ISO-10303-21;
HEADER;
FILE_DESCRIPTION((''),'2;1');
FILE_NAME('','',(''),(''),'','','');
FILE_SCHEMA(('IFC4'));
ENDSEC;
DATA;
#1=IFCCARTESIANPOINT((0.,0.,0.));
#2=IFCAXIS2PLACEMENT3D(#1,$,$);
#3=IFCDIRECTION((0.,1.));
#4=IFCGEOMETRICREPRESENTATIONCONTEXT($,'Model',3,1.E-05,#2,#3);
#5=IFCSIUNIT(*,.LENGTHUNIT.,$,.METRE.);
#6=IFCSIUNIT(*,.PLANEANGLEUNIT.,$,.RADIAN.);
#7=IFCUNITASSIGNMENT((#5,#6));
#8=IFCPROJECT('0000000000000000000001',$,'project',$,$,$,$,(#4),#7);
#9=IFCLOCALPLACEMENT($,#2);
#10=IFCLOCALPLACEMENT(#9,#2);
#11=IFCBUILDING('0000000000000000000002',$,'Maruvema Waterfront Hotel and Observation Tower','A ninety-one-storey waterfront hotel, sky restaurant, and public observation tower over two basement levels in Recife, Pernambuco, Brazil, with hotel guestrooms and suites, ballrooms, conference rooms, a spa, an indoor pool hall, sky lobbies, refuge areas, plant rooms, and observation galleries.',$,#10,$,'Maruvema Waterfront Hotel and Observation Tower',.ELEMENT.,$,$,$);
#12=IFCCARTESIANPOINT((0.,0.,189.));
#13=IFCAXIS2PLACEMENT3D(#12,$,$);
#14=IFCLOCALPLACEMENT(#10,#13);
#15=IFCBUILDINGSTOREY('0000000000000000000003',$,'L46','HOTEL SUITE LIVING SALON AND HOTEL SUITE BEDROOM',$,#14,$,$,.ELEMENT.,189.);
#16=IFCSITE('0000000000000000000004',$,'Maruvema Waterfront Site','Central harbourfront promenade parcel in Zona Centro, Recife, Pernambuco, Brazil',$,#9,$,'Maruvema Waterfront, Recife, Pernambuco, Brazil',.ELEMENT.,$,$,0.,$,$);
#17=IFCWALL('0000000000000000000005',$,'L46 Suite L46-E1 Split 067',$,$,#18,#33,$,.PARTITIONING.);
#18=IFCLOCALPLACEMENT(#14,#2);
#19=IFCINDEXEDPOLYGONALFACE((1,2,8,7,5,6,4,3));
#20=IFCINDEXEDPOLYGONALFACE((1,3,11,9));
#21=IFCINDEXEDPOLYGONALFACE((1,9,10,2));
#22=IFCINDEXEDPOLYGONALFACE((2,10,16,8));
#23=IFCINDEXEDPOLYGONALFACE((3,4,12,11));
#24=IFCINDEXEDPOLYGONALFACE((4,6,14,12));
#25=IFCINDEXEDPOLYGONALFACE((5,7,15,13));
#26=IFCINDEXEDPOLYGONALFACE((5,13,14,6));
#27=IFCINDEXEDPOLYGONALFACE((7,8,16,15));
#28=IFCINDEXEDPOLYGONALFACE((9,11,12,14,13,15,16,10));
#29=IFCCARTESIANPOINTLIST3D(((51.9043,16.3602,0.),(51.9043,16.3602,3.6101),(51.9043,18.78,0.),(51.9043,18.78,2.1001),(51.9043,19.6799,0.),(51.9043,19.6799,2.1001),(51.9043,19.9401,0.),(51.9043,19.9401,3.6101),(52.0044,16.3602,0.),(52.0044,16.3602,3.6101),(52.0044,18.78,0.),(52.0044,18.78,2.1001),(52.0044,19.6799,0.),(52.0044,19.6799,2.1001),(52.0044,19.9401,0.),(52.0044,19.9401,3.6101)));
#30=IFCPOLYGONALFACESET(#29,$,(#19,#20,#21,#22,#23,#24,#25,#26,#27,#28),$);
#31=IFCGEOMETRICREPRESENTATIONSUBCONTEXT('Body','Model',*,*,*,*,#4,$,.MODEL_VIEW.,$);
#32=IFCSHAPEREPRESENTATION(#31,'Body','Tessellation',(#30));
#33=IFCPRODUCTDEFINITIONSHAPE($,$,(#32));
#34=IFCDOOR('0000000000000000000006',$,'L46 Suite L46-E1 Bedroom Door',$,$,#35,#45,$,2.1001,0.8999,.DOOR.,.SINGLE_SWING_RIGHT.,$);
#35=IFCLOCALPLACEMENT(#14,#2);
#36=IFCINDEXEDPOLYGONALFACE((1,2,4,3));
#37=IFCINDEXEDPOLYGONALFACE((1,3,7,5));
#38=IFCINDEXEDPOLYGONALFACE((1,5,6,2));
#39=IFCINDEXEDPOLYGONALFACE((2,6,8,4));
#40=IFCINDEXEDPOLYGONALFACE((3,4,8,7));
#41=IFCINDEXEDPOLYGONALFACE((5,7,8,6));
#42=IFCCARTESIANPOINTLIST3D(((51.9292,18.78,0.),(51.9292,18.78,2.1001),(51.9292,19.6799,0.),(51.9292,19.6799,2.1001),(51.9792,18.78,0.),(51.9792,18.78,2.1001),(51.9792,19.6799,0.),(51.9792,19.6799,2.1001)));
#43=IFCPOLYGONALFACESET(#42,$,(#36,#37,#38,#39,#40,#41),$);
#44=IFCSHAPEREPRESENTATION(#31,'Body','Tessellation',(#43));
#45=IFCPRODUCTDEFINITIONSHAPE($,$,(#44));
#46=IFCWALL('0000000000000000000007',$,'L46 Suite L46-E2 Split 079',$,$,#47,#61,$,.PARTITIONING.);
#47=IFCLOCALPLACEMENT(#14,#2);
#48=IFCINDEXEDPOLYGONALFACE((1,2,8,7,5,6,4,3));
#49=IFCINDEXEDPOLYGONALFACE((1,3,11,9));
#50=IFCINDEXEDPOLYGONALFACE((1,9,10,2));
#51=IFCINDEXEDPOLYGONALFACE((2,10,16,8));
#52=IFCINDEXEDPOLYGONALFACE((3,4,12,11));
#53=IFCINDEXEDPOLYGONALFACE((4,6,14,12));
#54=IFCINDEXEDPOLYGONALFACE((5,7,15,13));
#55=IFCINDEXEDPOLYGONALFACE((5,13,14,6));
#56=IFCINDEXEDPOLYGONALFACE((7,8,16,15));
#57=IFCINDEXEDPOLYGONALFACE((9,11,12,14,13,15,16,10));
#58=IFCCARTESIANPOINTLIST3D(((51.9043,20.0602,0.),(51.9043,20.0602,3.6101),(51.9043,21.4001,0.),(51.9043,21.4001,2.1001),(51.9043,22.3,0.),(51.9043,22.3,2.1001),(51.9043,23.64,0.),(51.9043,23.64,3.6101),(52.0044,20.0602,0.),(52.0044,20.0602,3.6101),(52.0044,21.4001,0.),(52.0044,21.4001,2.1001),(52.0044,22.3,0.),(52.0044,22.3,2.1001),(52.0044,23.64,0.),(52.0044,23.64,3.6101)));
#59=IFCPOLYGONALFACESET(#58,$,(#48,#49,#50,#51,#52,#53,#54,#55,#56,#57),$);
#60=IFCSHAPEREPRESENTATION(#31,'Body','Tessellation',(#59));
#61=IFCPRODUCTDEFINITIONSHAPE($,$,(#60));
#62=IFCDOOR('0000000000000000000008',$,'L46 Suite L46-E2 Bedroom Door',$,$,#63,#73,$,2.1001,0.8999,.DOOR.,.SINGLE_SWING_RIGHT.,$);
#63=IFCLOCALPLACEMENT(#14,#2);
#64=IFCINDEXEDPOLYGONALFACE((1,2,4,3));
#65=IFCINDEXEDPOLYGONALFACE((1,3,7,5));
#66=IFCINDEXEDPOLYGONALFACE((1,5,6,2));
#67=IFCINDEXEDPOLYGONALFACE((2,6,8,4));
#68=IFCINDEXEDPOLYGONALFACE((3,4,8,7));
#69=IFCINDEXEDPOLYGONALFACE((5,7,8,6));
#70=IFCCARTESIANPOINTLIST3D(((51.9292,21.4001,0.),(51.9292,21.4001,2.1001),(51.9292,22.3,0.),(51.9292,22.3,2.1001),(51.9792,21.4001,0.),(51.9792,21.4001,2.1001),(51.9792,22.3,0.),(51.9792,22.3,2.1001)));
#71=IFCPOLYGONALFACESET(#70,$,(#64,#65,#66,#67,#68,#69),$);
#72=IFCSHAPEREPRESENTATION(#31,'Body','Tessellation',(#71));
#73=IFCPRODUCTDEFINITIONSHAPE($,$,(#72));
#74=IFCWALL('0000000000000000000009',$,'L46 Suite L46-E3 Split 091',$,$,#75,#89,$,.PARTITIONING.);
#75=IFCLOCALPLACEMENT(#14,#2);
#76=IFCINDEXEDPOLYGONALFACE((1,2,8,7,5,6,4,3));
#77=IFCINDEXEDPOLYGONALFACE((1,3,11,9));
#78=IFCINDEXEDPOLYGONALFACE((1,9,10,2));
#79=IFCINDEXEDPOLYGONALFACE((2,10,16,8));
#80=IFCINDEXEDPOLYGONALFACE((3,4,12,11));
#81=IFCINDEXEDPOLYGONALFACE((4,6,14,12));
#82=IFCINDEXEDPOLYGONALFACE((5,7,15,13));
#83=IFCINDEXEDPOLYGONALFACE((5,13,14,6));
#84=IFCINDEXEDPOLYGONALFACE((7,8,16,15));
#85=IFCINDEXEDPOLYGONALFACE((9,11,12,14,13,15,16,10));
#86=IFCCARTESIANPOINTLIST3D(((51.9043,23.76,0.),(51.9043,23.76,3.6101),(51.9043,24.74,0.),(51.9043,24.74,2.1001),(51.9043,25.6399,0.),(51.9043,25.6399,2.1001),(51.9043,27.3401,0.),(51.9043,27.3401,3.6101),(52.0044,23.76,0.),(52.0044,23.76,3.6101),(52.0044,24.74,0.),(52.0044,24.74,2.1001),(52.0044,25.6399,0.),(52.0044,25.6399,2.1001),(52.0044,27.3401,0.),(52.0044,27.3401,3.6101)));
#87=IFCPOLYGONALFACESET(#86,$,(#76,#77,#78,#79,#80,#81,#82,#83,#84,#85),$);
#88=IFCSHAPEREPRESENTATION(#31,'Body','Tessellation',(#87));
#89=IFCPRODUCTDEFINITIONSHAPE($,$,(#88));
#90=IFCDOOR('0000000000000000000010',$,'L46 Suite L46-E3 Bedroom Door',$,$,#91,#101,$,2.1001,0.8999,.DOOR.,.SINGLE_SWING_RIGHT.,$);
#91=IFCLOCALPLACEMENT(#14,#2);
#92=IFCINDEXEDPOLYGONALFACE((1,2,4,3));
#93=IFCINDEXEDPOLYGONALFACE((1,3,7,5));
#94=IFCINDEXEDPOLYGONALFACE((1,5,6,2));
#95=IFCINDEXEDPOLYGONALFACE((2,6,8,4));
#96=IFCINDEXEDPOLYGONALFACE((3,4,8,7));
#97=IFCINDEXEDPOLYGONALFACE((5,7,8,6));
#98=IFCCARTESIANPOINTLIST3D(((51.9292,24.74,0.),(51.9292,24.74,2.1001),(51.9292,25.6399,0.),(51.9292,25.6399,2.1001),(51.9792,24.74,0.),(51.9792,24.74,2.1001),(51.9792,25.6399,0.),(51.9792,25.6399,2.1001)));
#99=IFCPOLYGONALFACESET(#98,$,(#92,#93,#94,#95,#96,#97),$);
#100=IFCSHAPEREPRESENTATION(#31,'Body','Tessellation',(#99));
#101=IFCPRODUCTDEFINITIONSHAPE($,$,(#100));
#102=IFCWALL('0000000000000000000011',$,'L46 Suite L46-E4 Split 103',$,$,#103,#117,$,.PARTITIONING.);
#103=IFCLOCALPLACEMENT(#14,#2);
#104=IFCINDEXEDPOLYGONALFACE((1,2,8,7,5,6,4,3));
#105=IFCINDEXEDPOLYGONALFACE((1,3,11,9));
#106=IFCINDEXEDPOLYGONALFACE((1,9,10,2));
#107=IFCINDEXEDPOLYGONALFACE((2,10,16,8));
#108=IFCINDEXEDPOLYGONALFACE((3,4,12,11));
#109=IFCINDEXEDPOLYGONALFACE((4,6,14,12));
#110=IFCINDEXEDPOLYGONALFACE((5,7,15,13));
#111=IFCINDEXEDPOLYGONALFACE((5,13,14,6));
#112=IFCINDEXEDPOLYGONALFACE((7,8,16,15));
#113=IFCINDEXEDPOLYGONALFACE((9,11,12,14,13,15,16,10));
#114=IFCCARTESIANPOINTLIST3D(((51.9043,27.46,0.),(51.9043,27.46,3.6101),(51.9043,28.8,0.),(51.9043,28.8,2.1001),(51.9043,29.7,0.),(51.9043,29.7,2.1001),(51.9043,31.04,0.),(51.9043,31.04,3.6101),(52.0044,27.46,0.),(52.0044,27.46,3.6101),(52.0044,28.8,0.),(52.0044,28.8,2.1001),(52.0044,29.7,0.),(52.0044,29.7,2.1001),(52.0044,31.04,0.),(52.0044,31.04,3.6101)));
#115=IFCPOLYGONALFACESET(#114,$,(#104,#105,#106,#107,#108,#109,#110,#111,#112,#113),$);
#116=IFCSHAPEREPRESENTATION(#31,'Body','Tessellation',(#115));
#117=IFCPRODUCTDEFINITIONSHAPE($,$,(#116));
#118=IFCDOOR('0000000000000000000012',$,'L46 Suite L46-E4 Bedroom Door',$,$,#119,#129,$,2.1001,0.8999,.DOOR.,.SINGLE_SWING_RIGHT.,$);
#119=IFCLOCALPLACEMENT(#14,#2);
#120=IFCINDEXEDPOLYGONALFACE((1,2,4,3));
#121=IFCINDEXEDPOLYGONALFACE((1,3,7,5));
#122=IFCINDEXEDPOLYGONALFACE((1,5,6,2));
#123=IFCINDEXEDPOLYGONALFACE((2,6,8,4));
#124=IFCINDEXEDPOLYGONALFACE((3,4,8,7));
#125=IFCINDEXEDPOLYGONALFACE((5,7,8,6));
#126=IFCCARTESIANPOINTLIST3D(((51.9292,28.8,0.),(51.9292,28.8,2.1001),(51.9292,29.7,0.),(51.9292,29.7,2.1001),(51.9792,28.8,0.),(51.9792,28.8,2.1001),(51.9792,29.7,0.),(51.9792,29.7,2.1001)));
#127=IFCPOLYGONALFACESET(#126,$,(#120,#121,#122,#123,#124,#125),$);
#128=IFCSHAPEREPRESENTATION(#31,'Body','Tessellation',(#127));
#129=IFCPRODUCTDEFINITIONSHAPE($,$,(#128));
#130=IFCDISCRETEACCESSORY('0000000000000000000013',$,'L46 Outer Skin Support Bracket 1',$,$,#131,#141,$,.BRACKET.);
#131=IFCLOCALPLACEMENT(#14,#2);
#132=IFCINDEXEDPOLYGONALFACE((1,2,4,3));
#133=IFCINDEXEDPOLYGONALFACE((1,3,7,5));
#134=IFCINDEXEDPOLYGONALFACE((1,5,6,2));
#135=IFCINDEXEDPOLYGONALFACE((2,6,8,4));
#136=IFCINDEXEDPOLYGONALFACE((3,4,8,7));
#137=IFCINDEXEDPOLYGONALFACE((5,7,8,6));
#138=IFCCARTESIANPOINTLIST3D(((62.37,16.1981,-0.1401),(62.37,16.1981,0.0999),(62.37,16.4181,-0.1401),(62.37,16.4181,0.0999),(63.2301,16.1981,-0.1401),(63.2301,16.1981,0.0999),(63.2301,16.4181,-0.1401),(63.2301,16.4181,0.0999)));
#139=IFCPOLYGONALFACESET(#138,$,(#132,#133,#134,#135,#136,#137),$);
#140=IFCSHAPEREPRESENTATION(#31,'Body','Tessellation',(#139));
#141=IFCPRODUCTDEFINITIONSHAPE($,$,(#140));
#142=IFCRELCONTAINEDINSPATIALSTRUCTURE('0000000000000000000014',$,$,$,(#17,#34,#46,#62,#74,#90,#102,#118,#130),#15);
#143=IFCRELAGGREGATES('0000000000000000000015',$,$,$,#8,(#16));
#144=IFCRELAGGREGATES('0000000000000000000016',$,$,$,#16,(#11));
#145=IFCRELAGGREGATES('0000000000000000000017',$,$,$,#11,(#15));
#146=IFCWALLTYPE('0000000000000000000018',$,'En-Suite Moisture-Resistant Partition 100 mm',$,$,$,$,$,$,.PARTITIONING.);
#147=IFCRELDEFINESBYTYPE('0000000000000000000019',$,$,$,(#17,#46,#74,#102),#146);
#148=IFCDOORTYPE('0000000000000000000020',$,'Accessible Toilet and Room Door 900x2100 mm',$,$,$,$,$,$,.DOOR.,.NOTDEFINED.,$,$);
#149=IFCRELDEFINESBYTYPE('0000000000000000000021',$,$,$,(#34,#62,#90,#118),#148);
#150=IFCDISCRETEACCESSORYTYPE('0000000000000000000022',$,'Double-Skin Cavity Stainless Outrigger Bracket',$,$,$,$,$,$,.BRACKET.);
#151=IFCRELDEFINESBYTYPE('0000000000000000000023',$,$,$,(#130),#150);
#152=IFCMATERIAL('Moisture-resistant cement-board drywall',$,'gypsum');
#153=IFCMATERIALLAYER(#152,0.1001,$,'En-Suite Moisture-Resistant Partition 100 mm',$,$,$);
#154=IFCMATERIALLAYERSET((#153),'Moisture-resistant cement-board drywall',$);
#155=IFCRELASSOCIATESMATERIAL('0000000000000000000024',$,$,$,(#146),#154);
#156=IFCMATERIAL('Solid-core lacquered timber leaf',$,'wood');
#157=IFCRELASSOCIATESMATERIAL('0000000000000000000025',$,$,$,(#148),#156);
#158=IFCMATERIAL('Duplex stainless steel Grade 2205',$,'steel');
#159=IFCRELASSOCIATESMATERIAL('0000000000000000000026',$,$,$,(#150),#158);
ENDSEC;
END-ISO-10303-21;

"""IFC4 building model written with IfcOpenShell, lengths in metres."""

from ifc_helpers import new_model, si_unit, direction, frame, frame_2d, origin, origin_2d, place, context, subcontext, project, spatial, rectangle, extrude, material, layer, layer_set, type_object, element, fill, save


model = new_model("IFC4")

# Units and contexts
model_context = context("Model", 3, precision=1e-05, world=origin(), true_north=direction((0.0, 1.0)))
body_context = subcontext(model_context, "Body", "Model", "MODEL_VIEW")
ifc_project = project(units=[si_unit("LENGTHUNIT", "METRE"), si_unit("PLANEANGLEUNIT", "RADIAN")], contexts=[model_context])

# Site, building, storey
site_placement = place(None, origin())
site = spatial("IfcSite", under=ifc_project, at=site_placement, Name="Maruvema Waterfront Site", Description="Central harbourfront promenade parcel in Zona Centro, Recife, Pernambuco, Brazil", LongName="Maruvema Waterfront, Recife, Pernambuco, Brazil", CompositionType="ELEMENT", RefElevation=0.0)
building_placement = place(site_placement, origin())
building = spatial("IfcBuilding", under=site, at=building_placement, Name="Maruvema Waterfront Hotel and Observation Tower", Description="A ninety-one-storey waterfront hotel, sky restaurant, and public observation tower over two basement levels in Recife, Pernambuco, Brazil, with hotel guestrooms and suites, ballrooms, conference rooms, a spa, an indoor pool hall, sky lobbies, refuge areas, plant rooms, and observation galleries.", LongName="Maruvema Waterfront Hotel and Observation Tower", CompositionType="ELEMENT")
storey_placement = place(building_placement, frame((0.0, 0.0, 189.0)))
storey = spatial("IfcBuildingStorey", under=building, at=storey_placement, Name="L46", Description="HOTEL SUITE LIVING SALON AND HOTEL SUITE BEDROOM", CompositionType="ELEMENT", Elevation=189.0)

# Walls, openings, doors
ifc_material_1 = material(Name="Moisture-resistant cement-board drywall", Category="gypsum")
ifc_layer_1 = layer(ifc_material_1, 0.1001, Name="En-Suite Moisture-Resistant Partition 100 mm")
ifc_layer_set_1 = layer_set([ifc_layer_1], Name="Moisture-resistant cement-board drywall")
wall_type = type_object("IfcWallType", Name="En-Suite Moisture-Resistant Partition 100 mm", PredefinedType="PARTITIONING", material=ifc_layer_set_1)
wall_1_placement = place(storey_placement, frame((51.9543, 16.3601, 0.0), z_axis=(0.0, 0.0, 1.0), x_axis=(0.0, 1.0, 0.0)))
wall_1 = element("IfcWall", 1, at=wall_1_placement, inside=storey, type_object=wall_type, Name="L46 Suite L46-E1 Split 067", PredefinedType="PARTITIONING", context=body_context, shape_type="SweptSolid", body=[
    extrude(rectangle(XDim=3.5798, YDim=0.1001, at=frame_2d((1.79, 0.0))), origin(), (0.0, 0.0, 1.0), 3.6101),
])
opening_1_placement = place(wall_1_placement, frame((2.4199, 0.0, 0.0)))
opening_1 = element("IfcOpeningElement", 2, at=opening_1_placement, cuts=wall_1, PredefinedType="OPENING", context=body_context, shape_type="SweptSolid", body=[
    extrude(rectangle(XDim=0.8999, YDim=2.1001, at=frame_2d((0.45, 1.05))), frame((0.0, 0.0601, 0.0), z_axis=(0.0, -1.0, 0.0), x_axis=(1.0, 0.0, 0.0)), (0.0, 0.0, 1.0), 0.1201),
])
ifc_material_2 = material(Name="Solid-core lacquered timber leaf", Category="wood")
door_type = type_object("IfcDoorType", Name="Accessible Toilet and Room Door 900x2100 mm", OperationType="NOTDEFINED", PredefinedType="DOOR", material=ifc_material_2)
door_1_placement = place(opening_1_placement, frame((0.8999, 0.0, 0.0), z_axis=(0.0, 0.0, 1.0), x_axis=(-1.0, 0.0, 0.0)))
door_1 = element("IfcDoor", 3, at=door_1_placement, inside=storey, type_object=door_type, Name="L46 Suite L46-E1 Bedroom Door", OperationType="SINGLE_SWING_RIGHT", OverallHeight=2.1001, OverallWidth=0.8999, PredefinedType="DOOR", context=body_context, shape_type="SweptSolid", body=[
    extrude(rectangle(XDim=0.8999, YDim=2.1001, at=frame_2d((0.45, 1.05))), frame((0.0, 0.0249, 0.0), z_axis=(0.0, -1.0, 0.0), x_axis=(1.0, 0.0, 0.0)), (0.0, 0.0, 1.0), 0.05),
])
fill(opening_1, door_1)
wall_2_placement = place(storey_placement, frame((51.9543, 20.0601, 0.0), z_axis=(0.0, 0.0, 1.0), x_axis=(0.0, 1.0, 0.0)))
wall_2 = element("IfcWall", 4, at=wall_2_placement, inside=storey, type_object=wall_type, Name="L46 Suite L46-E2 Split 079", PredefinedType="PARTITIONING", context=body_context, shape_type="SweptSolid", body=[
    extrude(rectangle(XDim=3.5798, YDim=0.1001, at=frame_2d((1.79, 0.0))), origin(), (0.0, 0.0, 1.0), 3.6101),
])
opening_2_placement = place(wall_2_placement, frame((1.3401, 0.0, 0.0)))
opening_2 = element("IfcOpeningElement", 5, at=opening_2_placement, cuts=wall_2, PredefinedType="OPENING", context=body_context, shape_type="SweptSolid", body=[
    extrude(rectangle(XDim=0.8999, YDim=2.1001, at=frame_2d((0.45, 1.05))), frame((0.0, 0.0601, 0.0), z_axis=(0.0, -1.0, 0.0), x_axis=(1.0, 0.0, 0.0)), (0.0, 0.0, 1.0), 0.1201),
])
door_2_placement = place(opening_2_placement, frame((0.8999, 0.0, 0.0), z_axis=(0.0, 0.0, 1.0), x_axis=(-1.0, 0.0, 0.0)))
door_2 = element("IfcDoor", 6, at=door_2_placement, inside=storey, type_object=door_type, Name="L46 Suite L46-E2 Bedroom Door", OperationType="SINGLE_SWING_RIGHT", OverallHeight=2.1001, OverallWidth=0.8999, PredefinedType="DOOR", context=body_context, shape_type="SweptSolid", body=[
    extrude(rectangle(XDim=0.8999, YDim=2.1001, at=frame_2d((0.45, 1.05))), frame((0.0, 0.0249, 0.0), z_axis=(0.0, -1.0, 0.0), x_axis=(1.0, 0.0, 0.0)), (0.0, 0.0, 1.0), 0.05),
])
fill(opening_2, door_2)
wall_3_placement = place(storey_placement, frame((51.9543, 23.76, 0.0), z_axis=(0.0, 0.0, 1.0), x_axis=(0.0, 1.0, 0.0)))
wall_3 = element("IfcWall", 7, at=wall_3_placement, inside=storey, type_object=wall_type, Name="L46 Suite L46-E3 Split 091", PredefinedType="PARTITIONING", context=body_context, shape_type="SweptSolid", body=[
    extrude(rectangle(XDim=3.5801, YDim=0.1001, at=frame_2d((1.79, 0.0))), origin(), (0.0, 0.0, 1.0), 3.6101),
])
opening_3_placement = place(wall_3_placement, frame((0.98, 0.0, 0.0)))
opening_3 = element("IfcOpeningElement", 8, at=opening_3_placement, cuts=wall_3, PredefinedType="OPENING", context=body_context, shape_type="SweptSolid", body=[
    extrude(rectangle(XDim=0.8999, YDim=2.1001, at=frame_2d((0.45, 1.05))), frame((0.0, 0.0601, 0.0), z_axis=(0.0, -1.0, 0.0), x_axis=(1.0, 0.0, 0.0)), (0.0, 0.0, 1.0), 0.1201),
])
door_3_placement = place(opening_3_placement, frame((0.8999, 0.0, 0.0), z_axis=(0.0, 0.0, 1.0), x_axis=(-1.0, 0.0, 0.0)))
door_3 = element("IfcDoor", 9, at=door_3_placement, inside=storey, type_object=door_type, Name="L46 Suite L46-E3 Bedroom Door", OperationType="SINGLE_SWING_RIGHT", OverallHeight=2.1001, OverallWidth=0.8999, PredefinedType="DOOR", context=body_context, shape_type="SweptSolid", body=[
    extrude(rectangle(XDim=0.8999, YDim=2.1001, at=frame_2d((0.45, 1.05))), frame((0.0, 0.0249, 0.0), z_axis=(0.0, -1.0, 0.0), x_axis=(1.0, 0.0, 0.0)), (0.0, 0.0, 1.0), 0.05),
])
fill(opening_3, door_3)
wall_4_placement = place(storey_placement, frame((51.9543, 27.46, 0.0), z_axis=(0.0, 0.0, 1.0), x_axis=(0.0, 1.0, 0.0)))
wall_4 = element("IfcWall", 10, at=wall_4_placement, inside=storey, type_object=wall_type, Name="L46 Suite L46-E4 Split 103", PredefinedType="PARTITIONING", context=body_context, shape_type="SweptSolid", body=[
    extrude(rectangle(XDim=3.5801, YDim=0.1001, at=frame_2d((1.79, 0.0))), origin(), (0.0, 0.0, 1.0), 3.6101),
])
opening_4_placement = place(wall_4_placement, frame((1.3401, 0.0, 0.0)))
opening_4 = element("IfcOpeningElement", 11, at=opening_4_placement, cuts=wall_4, PredefinedType="OPENING", context=body_context, shape_type="SweptSolid", body=[
    extrude(rectangle(XDim=0.8999, YDim=2.1001, at=frame_2d((0.45, 1.05))), frame((0.0, 0.0601, 0.0), z_axis=(0.0, -1.0, 0.0), x_axis=(1.0, 0.0, 0.0)), (0.0, 0.0, 1.0), 0.1201),
])
door_4_placement = place(opening_4_placement, frame((0.8999, 0.0, 0.0), z_axis=(0.0, 0.0, 1.0), x_axis=(-1.0, 0.0, 0.0)))
door_4 = element("IfcDoor", 12, at=door_4_placement, inside=storey, type_object=door_type, Name="L46 Suite L46-E4 Bedroom Door", OperationType="SINGLE_SWING_RIGHT", OverallHeight=2.1001, OverallWidth=0.8999, PredefinedType="DOOR", context=body_context, shape_type="SweptSolid", body=[
    extrude(rectangle(XDim=0.8999, YDim=2.1001, at=frame_2d((0.45, 1.05))), frame((0.0, 0.0249, 0.0), z_axis=(0.0, -1.0, 0.0), x_axis=(1.0, 0.0, 0.0)), (0.0, 0.0, 1.0), 0.05),
])
fill(opening_4, door_4)

# Discrete accessory
ifc_material_3 = material(Name="Duplex stainless steel Grade 2205", Category="steel")
discrete_accessory_type = type_object("IfcDiscreteAccessoryType", Name="Double-Skin Cavity Stainless Outrigger Bracket", PredefinedType="BRACKET", material=ifc_material_3)
discrete_accessory_placement = place(storey_placement, frame((62.8, 16.3081, -0.1401), z_axis=(0.0, 0.0, 1.0), x_axis=(0.0, 1.0, 0.0)))
element("IfcDiscreteAccessory", 13, at=discrete_accessory_placement, inside=storey, type_object=discrete_accessory_type, Name="L46 Outer Skin Support Bracket 1", PredefinedType="BRACKET", context=body_context, shape_type="SweptSolid", body=[
    extrude(rectangle(XDim=0.22, YDim=0.8601, at=origin_2d()), origin(), (0.0, 0.0, 1.0), 0.24),
])

save(model, "model.ifc")
